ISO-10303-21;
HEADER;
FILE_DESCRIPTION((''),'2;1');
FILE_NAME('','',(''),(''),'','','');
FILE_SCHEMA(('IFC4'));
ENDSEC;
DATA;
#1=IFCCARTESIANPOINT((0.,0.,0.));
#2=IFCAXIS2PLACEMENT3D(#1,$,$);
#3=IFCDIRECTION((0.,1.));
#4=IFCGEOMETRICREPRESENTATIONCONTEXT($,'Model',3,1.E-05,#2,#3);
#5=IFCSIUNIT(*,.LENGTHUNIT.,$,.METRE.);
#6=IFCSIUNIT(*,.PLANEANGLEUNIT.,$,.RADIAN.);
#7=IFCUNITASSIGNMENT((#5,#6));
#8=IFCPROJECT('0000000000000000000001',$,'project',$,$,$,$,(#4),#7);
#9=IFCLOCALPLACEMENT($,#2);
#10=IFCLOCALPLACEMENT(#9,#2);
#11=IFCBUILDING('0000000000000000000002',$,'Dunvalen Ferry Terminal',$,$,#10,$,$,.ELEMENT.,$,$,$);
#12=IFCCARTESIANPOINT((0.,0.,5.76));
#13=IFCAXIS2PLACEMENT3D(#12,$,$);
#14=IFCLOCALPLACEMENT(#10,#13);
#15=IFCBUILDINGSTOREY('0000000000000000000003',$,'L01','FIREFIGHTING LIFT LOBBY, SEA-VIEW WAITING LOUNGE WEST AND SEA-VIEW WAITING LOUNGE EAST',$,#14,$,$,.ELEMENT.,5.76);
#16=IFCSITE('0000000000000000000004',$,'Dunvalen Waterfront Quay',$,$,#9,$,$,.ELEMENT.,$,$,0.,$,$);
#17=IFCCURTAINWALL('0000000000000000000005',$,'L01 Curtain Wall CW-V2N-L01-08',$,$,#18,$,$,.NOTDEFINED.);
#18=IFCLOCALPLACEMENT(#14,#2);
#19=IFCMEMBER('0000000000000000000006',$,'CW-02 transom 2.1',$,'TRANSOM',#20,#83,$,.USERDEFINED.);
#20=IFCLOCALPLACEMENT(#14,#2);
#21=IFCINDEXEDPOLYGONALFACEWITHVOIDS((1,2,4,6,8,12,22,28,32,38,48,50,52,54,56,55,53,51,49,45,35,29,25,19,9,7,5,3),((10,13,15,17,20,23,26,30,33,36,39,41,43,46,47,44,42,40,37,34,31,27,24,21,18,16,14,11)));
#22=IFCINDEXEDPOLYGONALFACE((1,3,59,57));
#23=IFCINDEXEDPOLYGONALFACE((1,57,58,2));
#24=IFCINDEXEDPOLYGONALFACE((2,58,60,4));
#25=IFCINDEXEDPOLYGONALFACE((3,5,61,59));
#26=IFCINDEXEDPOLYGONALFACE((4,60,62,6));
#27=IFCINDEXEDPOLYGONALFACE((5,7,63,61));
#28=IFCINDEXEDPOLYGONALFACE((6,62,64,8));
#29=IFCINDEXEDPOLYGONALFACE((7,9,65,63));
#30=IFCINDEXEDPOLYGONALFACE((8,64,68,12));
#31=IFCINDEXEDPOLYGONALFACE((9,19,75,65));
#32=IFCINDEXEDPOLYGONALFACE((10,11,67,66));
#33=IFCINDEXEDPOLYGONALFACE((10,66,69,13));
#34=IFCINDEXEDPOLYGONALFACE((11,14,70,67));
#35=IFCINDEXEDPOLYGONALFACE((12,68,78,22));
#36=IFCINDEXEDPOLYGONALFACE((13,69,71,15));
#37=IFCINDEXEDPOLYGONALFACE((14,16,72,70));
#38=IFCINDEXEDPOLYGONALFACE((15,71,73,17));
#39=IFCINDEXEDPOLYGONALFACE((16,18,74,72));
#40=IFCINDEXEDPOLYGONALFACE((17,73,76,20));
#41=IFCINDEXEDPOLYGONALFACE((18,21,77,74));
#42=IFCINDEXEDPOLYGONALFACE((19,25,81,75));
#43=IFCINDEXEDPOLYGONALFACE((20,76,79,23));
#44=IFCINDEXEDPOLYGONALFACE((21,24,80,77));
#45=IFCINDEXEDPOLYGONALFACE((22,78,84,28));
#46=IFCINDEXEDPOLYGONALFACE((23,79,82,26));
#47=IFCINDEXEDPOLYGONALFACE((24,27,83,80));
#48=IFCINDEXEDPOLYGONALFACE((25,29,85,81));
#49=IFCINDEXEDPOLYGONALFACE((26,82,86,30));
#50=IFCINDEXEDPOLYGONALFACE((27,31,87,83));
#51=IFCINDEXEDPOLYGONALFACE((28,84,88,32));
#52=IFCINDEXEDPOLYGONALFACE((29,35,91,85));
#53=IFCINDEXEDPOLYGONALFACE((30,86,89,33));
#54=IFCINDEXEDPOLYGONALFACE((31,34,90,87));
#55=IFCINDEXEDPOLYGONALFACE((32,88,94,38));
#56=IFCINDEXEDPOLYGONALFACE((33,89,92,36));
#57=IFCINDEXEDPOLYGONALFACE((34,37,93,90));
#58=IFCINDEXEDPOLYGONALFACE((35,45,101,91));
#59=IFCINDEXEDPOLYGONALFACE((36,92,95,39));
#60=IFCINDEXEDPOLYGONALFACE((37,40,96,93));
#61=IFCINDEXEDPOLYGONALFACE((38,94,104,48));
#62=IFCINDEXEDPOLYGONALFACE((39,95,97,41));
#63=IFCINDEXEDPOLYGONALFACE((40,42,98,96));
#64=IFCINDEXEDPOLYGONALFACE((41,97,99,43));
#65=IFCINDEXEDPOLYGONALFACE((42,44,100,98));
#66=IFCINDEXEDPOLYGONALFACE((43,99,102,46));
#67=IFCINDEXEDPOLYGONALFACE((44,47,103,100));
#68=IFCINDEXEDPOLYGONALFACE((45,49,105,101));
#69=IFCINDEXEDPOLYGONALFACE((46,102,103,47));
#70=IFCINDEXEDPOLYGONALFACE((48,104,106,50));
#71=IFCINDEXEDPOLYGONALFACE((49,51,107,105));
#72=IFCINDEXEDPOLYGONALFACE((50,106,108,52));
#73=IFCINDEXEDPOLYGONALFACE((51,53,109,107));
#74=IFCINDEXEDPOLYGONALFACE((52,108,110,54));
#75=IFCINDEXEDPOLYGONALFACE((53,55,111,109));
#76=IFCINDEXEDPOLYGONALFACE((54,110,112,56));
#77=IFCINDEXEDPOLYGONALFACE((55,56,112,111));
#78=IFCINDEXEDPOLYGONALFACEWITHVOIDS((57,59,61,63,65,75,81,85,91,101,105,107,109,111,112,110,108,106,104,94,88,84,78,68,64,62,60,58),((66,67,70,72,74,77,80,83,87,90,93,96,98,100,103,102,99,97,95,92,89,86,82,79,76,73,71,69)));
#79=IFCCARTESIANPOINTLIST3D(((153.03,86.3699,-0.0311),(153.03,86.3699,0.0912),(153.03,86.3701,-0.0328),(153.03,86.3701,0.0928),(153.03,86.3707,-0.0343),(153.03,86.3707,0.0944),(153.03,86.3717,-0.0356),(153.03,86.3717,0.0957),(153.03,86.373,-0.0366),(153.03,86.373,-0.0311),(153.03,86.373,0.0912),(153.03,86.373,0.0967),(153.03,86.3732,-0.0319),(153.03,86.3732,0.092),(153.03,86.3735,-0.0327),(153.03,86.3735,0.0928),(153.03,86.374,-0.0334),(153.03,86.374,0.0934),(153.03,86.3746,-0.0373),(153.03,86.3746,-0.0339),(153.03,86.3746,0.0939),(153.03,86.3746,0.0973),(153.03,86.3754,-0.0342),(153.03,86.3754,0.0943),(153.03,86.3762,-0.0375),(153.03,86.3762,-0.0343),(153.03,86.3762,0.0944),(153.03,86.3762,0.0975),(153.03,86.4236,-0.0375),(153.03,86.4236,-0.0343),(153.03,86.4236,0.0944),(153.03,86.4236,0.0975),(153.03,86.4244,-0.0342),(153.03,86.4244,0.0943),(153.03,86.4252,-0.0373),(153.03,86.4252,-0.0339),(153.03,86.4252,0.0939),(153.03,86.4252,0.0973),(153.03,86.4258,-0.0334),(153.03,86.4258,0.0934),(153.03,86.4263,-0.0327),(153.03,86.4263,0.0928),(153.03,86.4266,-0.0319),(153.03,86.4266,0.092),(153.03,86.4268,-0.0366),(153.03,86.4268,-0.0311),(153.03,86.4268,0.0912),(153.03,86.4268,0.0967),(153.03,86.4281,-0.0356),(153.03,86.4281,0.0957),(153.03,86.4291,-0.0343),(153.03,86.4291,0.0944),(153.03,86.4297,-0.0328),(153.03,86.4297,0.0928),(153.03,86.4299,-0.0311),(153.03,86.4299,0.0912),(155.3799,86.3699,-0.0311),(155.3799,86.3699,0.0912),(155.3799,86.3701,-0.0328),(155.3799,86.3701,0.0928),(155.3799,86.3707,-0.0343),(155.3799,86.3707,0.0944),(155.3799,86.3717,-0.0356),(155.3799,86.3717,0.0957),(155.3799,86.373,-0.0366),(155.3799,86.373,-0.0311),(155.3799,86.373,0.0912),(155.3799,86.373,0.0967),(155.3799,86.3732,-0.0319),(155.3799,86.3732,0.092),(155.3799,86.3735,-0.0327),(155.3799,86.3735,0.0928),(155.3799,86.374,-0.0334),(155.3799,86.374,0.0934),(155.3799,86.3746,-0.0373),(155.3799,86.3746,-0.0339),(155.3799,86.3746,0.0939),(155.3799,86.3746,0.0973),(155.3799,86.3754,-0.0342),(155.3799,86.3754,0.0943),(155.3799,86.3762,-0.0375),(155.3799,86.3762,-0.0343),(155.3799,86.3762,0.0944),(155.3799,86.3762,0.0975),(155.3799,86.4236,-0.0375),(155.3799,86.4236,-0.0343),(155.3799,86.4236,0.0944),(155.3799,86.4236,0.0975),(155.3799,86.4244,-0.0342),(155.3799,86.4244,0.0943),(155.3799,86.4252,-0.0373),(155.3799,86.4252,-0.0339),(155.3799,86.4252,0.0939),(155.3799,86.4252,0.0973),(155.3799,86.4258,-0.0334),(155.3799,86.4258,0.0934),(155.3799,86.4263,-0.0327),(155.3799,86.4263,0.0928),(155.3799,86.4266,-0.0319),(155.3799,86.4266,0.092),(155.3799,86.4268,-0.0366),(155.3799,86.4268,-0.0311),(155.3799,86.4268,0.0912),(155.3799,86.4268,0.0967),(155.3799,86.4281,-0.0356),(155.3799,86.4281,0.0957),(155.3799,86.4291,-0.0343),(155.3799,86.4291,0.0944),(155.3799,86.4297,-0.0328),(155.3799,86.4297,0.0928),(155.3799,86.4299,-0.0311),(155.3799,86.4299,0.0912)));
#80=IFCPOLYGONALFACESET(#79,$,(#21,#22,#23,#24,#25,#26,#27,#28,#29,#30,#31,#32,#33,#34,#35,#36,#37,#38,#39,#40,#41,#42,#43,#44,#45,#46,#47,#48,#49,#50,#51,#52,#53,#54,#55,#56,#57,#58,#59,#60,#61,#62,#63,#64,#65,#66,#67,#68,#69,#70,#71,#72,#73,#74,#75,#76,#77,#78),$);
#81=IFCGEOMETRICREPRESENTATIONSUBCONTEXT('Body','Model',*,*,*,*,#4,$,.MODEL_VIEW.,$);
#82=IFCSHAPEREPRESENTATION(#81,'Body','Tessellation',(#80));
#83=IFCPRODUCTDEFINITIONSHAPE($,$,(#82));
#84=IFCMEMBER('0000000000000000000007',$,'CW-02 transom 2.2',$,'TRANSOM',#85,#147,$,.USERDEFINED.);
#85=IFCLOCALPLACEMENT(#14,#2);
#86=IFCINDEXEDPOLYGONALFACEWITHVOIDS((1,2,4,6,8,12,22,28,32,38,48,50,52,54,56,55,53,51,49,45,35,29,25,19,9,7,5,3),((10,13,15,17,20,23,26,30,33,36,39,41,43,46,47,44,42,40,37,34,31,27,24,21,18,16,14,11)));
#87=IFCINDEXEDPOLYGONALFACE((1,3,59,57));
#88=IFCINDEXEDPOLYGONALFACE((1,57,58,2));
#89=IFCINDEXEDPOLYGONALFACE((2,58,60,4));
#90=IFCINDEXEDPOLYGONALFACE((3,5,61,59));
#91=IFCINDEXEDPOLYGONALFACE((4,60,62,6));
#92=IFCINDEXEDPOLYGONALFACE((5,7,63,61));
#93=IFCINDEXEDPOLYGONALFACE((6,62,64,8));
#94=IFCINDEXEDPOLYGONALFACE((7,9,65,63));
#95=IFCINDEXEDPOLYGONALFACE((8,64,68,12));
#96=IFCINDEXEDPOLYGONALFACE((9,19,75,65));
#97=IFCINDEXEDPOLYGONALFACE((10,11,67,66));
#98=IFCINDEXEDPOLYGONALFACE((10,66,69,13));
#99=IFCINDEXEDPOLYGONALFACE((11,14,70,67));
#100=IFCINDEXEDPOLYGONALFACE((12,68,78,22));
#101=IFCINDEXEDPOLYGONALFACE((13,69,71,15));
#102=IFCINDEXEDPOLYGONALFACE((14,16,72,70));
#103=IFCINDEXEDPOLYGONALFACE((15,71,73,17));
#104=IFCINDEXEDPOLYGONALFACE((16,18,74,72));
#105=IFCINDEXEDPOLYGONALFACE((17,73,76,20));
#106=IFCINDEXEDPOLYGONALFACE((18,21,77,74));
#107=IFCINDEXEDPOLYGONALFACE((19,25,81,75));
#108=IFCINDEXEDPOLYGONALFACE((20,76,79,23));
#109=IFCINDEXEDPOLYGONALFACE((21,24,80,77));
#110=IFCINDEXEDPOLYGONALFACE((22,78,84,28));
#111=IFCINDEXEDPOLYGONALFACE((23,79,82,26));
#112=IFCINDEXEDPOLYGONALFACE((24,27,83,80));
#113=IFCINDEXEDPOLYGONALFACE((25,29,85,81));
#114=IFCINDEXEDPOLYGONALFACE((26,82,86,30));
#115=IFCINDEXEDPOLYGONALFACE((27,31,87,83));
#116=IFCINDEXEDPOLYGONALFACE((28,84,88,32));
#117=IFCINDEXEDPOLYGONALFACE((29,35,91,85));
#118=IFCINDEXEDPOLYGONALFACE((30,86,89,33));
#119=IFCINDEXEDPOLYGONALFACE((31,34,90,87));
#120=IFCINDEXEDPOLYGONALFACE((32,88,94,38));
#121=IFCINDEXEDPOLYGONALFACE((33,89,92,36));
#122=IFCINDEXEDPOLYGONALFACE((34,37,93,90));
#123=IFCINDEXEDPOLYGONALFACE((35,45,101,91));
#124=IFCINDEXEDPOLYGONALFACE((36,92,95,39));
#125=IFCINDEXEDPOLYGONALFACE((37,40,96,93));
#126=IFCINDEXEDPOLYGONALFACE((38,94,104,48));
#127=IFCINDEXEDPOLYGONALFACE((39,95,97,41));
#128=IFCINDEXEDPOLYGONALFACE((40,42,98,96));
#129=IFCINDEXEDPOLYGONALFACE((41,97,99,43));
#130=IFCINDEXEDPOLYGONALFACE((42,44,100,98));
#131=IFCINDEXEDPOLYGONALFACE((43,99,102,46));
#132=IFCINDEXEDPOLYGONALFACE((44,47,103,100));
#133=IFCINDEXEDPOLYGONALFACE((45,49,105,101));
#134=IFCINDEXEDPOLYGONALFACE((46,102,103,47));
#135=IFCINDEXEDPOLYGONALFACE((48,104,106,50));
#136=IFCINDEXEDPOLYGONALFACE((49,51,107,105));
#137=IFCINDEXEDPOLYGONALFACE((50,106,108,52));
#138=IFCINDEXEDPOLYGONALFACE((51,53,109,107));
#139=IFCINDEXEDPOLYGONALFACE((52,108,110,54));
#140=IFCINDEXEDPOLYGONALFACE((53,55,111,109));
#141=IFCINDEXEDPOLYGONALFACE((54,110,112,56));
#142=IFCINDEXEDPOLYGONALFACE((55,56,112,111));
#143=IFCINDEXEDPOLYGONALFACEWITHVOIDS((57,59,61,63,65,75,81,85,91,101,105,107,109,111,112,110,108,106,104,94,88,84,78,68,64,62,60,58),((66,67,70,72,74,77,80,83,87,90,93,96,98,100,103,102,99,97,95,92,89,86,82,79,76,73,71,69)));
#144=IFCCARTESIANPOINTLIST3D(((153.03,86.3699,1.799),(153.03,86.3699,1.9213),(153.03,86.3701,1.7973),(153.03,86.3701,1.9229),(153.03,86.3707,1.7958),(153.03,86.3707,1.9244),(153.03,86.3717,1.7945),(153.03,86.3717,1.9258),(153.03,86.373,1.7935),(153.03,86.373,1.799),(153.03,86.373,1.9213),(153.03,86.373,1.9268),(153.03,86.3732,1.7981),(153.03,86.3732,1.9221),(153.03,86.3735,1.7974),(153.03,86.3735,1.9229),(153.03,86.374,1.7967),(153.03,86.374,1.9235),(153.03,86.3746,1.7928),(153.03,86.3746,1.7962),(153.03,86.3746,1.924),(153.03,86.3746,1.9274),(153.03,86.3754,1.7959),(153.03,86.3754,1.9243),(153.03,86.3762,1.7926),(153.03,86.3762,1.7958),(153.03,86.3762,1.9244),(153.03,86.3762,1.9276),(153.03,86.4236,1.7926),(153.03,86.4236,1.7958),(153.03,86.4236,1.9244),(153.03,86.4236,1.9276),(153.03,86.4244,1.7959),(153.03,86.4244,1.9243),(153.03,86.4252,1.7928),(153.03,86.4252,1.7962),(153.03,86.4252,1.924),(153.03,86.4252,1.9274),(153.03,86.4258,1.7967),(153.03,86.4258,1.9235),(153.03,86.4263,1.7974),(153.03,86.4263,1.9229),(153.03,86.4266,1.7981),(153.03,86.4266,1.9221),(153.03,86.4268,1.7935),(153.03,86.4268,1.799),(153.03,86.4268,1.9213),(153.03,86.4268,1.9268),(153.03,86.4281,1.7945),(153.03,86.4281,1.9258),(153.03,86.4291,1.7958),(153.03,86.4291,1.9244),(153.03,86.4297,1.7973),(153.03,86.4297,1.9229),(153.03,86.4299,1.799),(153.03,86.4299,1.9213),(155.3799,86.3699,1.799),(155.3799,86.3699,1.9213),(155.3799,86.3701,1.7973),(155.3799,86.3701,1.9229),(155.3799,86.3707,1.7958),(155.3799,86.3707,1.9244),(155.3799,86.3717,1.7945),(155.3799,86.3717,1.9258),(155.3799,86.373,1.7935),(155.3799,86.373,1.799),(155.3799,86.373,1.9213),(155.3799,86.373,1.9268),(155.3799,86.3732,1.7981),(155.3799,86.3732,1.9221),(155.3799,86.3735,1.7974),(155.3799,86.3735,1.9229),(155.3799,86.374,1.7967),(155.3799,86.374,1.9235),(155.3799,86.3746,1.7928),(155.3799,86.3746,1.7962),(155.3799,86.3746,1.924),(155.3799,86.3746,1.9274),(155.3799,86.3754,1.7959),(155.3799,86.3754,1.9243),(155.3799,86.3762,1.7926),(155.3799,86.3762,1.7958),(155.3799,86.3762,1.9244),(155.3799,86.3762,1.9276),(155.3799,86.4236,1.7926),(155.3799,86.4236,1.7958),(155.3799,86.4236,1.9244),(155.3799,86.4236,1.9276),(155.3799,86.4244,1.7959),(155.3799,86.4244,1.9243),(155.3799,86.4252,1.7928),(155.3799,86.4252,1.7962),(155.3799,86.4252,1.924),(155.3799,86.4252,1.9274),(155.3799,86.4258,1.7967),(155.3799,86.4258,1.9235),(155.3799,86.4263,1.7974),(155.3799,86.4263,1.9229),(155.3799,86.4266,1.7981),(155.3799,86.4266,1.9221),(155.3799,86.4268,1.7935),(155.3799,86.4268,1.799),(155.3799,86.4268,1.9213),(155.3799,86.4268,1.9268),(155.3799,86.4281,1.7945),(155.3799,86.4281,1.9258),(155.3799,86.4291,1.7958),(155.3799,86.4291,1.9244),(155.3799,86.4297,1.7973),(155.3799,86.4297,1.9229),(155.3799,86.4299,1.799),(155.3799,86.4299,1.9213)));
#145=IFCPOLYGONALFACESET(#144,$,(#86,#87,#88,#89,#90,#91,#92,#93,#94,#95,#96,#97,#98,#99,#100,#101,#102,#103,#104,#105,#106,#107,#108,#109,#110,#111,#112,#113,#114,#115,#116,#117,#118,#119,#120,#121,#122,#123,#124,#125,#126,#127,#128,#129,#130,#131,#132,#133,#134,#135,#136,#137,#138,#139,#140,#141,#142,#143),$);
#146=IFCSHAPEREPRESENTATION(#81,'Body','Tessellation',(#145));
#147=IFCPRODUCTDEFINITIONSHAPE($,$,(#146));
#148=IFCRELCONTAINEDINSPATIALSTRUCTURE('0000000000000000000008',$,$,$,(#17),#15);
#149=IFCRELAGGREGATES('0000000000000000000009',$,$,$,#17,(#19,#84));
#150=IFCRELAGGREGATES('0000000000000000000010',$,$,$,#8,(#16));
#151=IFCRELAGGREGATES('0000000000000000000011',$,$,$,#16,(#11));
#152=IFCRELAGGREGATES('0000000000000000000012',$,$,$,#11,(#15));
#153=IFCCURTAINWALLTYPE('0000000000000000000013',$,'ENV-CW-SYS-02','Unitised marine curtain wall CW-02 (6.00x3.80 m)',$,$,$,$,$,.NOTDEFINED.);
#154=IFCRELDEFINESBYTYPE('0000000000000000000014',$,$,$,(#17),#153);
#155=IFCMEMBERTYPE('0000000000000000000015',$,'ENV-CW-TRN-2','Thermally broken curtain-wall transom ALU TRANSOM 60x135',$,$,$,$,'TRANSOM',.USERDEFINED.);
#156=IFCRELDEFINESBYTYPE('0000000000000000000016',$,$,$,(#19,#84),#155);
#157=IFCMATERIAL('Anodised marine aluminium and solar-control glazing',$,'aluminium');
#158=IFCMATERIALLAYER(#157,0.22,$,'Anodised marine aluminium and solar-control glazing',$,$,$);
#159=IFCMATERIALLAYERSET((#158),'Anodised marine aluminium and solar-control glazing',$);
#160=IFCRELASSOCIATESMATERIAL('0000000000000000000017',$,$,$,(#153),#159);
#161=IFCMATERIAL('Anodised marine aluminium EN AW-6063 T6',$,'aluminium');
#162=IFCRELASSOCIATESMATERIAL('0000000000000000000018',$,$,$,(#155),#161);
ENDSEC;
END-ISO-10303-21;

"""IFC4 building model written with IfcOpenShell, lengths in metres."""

from ifc_helpers import new_model, si_unit, direction, frame, origin, origin_2d, place, context, subcontext, project, spatial, hollow_rectangle, extrude, material, layer, layer_set, material_profile, profile_set, type_object, element, aggregate, save


model = new_model("IFC4")

# Units and contexts
model_context = context("Model", 3, precision=1e-05, world=origin(), true_north=direction((0.0, 1.0)))
body_context = subcontext(model_context, "Body", "Model", "MODEL_VIEW")
ifc_project = project(units=[si_unit("LENGTHUNIT", "METRE"), si_unit("PLANEANGLEUNIT", "RADIAN")], contexts=[model_context])

# Site, building, storey
site_placement = place(None, origin())
site = spatial("IfcSite", under=ifc_project, at=site_placement, Name="Dunvalen Waterfront Quay", CompositionType="ELEMENT", RefElevation=0.0)
building_placement = place(site_placement, origin())
building = spatial("IfcBuilding", under=site, at=building_placement, Name="Dunvalen Ferry Terminal", CompositionType="ELEMENT")
storey_placement = place(building_placement, frame((0.0, 0.0, 5.76)))
storey = spatial("IfcBuildingStorey", under=building, at=storey_placement, Name="L01", Description="FIREFIGHTING LIFT LOBBY, SEA-VIEW WAITING LOUNGE WEST AND SEA-VIEW WAITING LOUNGE EAST", CompositionType="ELEMENT", Elevation=5.76)

# Curtain wall
ifc_material_1 = material(Name="Anodised marine aluminium and solar-control glazing", Category="aluminium")
ifc_layer_1 = layer(ifc_material_1, 0.22, Name="Anodised marine aluminium and solar-control glazing")
ifc_layer_set_1 = layer_set([ifc_layer_1], Name="Anodised marine aluminium and solar-control glazing")
curtain_wall_type = type_object("IfcCurtainWallType", Name="ENV-CW-SYS-02", Description="Unitised marine curtain wall CW-02 (6.00x3.80 m)", PredefinedType="NOTDEFINED", material=ifc_layer_set_1)
curtain_wall_1_placement = place(storey_placement, origin())
curtain_wall_1 = element("IfcCurtainWall", 1, at=curtain_wall_1_placement, inside=storey, type_object=curtain_wall_type, Name="L01 Curtain Wall CW-V2N-L01-08", PredefinedType="NOTDEFINED")
ifc_material_2 = material(Name="Anodised marine aluminium EN AW-6063 T6", Category="aluminium")

# Members
ifc_material_profile_1 = material_profile(ifc_material_2, hollow_rectangle(XDim=0.0601, YDim=0.135, WallThickness=0.0032, InnerFilletRadius=0.0032, OuterFilletRadius=0.0063, at=origin_2d()), Name="Anodised marine aluminium EN AW-6063 T6")
ifc_profile_set_1 = profile_set([ifc_material_profile_1], Name="Anodised marine aluminium EN AW-6063 T6")
member_type_1 = type_object("IfcMemberType", Name="ENV-CW-TRN-2", Description="Thermally broken curtain-wall transom ALU TRANSOM 60x135", ElementType="TRANSOM", PredefinedType="USERDEFINED", material=ifc_profile_set_1)
member_1_placement = place(storey_placement, frame((153.03, 86.3999, 0.03), z_axis=(1.0, 0.0, 0.0), x_axis=(0.0, 1.0, 0.0)))
member_1 = element("IfcMember", 2, at=member_1_placement, type_object=member_type_1, Name="CW-02 transom 2.1", ObjectType="TRANSOM", PredefinedType="USERDEFINED", context=body_context, shape_type="SweptSolid", body=[
    extrude(hollow_rectangle(XDim=0.0601, YDim=0.135, WallThickness=0.0032, InnerFilletRadius=0.0032, OuterFilletRadius=0.0063, at=origin_2d()), origin(), (0.0, 0.0, 1.0), 2.3499),
])
member_2_placement = place(storey_placement, frame((153.03, 86.3999, 1.8601), z_axis=(1.0, 0.0, 0.0), x_axis=(0.0, 1.0, 0.0)))
member_2 = element("IfcMember", 3, at=member_2_placement, type_object=member_type_1, Name="CW-02 transom 2.2", ObjectType="TRANSOM", PredefinedType="USERDEFINED", context=body_context, shape_type="SweptSolid", body=[
    extrude(hollow_rectangle(XDim=0.0601, YDim=0.135, WallThickness=0.0032, InnerFilletRadius=0.0032, OuterFilletRadius=0.0063, at=origin_2d()), origin(), (0.0, 0.0, 1.0), 2.3499),
])

aggregate(curtain_wall_1, [member_1, member_2])

save(model, "model.ifc")
